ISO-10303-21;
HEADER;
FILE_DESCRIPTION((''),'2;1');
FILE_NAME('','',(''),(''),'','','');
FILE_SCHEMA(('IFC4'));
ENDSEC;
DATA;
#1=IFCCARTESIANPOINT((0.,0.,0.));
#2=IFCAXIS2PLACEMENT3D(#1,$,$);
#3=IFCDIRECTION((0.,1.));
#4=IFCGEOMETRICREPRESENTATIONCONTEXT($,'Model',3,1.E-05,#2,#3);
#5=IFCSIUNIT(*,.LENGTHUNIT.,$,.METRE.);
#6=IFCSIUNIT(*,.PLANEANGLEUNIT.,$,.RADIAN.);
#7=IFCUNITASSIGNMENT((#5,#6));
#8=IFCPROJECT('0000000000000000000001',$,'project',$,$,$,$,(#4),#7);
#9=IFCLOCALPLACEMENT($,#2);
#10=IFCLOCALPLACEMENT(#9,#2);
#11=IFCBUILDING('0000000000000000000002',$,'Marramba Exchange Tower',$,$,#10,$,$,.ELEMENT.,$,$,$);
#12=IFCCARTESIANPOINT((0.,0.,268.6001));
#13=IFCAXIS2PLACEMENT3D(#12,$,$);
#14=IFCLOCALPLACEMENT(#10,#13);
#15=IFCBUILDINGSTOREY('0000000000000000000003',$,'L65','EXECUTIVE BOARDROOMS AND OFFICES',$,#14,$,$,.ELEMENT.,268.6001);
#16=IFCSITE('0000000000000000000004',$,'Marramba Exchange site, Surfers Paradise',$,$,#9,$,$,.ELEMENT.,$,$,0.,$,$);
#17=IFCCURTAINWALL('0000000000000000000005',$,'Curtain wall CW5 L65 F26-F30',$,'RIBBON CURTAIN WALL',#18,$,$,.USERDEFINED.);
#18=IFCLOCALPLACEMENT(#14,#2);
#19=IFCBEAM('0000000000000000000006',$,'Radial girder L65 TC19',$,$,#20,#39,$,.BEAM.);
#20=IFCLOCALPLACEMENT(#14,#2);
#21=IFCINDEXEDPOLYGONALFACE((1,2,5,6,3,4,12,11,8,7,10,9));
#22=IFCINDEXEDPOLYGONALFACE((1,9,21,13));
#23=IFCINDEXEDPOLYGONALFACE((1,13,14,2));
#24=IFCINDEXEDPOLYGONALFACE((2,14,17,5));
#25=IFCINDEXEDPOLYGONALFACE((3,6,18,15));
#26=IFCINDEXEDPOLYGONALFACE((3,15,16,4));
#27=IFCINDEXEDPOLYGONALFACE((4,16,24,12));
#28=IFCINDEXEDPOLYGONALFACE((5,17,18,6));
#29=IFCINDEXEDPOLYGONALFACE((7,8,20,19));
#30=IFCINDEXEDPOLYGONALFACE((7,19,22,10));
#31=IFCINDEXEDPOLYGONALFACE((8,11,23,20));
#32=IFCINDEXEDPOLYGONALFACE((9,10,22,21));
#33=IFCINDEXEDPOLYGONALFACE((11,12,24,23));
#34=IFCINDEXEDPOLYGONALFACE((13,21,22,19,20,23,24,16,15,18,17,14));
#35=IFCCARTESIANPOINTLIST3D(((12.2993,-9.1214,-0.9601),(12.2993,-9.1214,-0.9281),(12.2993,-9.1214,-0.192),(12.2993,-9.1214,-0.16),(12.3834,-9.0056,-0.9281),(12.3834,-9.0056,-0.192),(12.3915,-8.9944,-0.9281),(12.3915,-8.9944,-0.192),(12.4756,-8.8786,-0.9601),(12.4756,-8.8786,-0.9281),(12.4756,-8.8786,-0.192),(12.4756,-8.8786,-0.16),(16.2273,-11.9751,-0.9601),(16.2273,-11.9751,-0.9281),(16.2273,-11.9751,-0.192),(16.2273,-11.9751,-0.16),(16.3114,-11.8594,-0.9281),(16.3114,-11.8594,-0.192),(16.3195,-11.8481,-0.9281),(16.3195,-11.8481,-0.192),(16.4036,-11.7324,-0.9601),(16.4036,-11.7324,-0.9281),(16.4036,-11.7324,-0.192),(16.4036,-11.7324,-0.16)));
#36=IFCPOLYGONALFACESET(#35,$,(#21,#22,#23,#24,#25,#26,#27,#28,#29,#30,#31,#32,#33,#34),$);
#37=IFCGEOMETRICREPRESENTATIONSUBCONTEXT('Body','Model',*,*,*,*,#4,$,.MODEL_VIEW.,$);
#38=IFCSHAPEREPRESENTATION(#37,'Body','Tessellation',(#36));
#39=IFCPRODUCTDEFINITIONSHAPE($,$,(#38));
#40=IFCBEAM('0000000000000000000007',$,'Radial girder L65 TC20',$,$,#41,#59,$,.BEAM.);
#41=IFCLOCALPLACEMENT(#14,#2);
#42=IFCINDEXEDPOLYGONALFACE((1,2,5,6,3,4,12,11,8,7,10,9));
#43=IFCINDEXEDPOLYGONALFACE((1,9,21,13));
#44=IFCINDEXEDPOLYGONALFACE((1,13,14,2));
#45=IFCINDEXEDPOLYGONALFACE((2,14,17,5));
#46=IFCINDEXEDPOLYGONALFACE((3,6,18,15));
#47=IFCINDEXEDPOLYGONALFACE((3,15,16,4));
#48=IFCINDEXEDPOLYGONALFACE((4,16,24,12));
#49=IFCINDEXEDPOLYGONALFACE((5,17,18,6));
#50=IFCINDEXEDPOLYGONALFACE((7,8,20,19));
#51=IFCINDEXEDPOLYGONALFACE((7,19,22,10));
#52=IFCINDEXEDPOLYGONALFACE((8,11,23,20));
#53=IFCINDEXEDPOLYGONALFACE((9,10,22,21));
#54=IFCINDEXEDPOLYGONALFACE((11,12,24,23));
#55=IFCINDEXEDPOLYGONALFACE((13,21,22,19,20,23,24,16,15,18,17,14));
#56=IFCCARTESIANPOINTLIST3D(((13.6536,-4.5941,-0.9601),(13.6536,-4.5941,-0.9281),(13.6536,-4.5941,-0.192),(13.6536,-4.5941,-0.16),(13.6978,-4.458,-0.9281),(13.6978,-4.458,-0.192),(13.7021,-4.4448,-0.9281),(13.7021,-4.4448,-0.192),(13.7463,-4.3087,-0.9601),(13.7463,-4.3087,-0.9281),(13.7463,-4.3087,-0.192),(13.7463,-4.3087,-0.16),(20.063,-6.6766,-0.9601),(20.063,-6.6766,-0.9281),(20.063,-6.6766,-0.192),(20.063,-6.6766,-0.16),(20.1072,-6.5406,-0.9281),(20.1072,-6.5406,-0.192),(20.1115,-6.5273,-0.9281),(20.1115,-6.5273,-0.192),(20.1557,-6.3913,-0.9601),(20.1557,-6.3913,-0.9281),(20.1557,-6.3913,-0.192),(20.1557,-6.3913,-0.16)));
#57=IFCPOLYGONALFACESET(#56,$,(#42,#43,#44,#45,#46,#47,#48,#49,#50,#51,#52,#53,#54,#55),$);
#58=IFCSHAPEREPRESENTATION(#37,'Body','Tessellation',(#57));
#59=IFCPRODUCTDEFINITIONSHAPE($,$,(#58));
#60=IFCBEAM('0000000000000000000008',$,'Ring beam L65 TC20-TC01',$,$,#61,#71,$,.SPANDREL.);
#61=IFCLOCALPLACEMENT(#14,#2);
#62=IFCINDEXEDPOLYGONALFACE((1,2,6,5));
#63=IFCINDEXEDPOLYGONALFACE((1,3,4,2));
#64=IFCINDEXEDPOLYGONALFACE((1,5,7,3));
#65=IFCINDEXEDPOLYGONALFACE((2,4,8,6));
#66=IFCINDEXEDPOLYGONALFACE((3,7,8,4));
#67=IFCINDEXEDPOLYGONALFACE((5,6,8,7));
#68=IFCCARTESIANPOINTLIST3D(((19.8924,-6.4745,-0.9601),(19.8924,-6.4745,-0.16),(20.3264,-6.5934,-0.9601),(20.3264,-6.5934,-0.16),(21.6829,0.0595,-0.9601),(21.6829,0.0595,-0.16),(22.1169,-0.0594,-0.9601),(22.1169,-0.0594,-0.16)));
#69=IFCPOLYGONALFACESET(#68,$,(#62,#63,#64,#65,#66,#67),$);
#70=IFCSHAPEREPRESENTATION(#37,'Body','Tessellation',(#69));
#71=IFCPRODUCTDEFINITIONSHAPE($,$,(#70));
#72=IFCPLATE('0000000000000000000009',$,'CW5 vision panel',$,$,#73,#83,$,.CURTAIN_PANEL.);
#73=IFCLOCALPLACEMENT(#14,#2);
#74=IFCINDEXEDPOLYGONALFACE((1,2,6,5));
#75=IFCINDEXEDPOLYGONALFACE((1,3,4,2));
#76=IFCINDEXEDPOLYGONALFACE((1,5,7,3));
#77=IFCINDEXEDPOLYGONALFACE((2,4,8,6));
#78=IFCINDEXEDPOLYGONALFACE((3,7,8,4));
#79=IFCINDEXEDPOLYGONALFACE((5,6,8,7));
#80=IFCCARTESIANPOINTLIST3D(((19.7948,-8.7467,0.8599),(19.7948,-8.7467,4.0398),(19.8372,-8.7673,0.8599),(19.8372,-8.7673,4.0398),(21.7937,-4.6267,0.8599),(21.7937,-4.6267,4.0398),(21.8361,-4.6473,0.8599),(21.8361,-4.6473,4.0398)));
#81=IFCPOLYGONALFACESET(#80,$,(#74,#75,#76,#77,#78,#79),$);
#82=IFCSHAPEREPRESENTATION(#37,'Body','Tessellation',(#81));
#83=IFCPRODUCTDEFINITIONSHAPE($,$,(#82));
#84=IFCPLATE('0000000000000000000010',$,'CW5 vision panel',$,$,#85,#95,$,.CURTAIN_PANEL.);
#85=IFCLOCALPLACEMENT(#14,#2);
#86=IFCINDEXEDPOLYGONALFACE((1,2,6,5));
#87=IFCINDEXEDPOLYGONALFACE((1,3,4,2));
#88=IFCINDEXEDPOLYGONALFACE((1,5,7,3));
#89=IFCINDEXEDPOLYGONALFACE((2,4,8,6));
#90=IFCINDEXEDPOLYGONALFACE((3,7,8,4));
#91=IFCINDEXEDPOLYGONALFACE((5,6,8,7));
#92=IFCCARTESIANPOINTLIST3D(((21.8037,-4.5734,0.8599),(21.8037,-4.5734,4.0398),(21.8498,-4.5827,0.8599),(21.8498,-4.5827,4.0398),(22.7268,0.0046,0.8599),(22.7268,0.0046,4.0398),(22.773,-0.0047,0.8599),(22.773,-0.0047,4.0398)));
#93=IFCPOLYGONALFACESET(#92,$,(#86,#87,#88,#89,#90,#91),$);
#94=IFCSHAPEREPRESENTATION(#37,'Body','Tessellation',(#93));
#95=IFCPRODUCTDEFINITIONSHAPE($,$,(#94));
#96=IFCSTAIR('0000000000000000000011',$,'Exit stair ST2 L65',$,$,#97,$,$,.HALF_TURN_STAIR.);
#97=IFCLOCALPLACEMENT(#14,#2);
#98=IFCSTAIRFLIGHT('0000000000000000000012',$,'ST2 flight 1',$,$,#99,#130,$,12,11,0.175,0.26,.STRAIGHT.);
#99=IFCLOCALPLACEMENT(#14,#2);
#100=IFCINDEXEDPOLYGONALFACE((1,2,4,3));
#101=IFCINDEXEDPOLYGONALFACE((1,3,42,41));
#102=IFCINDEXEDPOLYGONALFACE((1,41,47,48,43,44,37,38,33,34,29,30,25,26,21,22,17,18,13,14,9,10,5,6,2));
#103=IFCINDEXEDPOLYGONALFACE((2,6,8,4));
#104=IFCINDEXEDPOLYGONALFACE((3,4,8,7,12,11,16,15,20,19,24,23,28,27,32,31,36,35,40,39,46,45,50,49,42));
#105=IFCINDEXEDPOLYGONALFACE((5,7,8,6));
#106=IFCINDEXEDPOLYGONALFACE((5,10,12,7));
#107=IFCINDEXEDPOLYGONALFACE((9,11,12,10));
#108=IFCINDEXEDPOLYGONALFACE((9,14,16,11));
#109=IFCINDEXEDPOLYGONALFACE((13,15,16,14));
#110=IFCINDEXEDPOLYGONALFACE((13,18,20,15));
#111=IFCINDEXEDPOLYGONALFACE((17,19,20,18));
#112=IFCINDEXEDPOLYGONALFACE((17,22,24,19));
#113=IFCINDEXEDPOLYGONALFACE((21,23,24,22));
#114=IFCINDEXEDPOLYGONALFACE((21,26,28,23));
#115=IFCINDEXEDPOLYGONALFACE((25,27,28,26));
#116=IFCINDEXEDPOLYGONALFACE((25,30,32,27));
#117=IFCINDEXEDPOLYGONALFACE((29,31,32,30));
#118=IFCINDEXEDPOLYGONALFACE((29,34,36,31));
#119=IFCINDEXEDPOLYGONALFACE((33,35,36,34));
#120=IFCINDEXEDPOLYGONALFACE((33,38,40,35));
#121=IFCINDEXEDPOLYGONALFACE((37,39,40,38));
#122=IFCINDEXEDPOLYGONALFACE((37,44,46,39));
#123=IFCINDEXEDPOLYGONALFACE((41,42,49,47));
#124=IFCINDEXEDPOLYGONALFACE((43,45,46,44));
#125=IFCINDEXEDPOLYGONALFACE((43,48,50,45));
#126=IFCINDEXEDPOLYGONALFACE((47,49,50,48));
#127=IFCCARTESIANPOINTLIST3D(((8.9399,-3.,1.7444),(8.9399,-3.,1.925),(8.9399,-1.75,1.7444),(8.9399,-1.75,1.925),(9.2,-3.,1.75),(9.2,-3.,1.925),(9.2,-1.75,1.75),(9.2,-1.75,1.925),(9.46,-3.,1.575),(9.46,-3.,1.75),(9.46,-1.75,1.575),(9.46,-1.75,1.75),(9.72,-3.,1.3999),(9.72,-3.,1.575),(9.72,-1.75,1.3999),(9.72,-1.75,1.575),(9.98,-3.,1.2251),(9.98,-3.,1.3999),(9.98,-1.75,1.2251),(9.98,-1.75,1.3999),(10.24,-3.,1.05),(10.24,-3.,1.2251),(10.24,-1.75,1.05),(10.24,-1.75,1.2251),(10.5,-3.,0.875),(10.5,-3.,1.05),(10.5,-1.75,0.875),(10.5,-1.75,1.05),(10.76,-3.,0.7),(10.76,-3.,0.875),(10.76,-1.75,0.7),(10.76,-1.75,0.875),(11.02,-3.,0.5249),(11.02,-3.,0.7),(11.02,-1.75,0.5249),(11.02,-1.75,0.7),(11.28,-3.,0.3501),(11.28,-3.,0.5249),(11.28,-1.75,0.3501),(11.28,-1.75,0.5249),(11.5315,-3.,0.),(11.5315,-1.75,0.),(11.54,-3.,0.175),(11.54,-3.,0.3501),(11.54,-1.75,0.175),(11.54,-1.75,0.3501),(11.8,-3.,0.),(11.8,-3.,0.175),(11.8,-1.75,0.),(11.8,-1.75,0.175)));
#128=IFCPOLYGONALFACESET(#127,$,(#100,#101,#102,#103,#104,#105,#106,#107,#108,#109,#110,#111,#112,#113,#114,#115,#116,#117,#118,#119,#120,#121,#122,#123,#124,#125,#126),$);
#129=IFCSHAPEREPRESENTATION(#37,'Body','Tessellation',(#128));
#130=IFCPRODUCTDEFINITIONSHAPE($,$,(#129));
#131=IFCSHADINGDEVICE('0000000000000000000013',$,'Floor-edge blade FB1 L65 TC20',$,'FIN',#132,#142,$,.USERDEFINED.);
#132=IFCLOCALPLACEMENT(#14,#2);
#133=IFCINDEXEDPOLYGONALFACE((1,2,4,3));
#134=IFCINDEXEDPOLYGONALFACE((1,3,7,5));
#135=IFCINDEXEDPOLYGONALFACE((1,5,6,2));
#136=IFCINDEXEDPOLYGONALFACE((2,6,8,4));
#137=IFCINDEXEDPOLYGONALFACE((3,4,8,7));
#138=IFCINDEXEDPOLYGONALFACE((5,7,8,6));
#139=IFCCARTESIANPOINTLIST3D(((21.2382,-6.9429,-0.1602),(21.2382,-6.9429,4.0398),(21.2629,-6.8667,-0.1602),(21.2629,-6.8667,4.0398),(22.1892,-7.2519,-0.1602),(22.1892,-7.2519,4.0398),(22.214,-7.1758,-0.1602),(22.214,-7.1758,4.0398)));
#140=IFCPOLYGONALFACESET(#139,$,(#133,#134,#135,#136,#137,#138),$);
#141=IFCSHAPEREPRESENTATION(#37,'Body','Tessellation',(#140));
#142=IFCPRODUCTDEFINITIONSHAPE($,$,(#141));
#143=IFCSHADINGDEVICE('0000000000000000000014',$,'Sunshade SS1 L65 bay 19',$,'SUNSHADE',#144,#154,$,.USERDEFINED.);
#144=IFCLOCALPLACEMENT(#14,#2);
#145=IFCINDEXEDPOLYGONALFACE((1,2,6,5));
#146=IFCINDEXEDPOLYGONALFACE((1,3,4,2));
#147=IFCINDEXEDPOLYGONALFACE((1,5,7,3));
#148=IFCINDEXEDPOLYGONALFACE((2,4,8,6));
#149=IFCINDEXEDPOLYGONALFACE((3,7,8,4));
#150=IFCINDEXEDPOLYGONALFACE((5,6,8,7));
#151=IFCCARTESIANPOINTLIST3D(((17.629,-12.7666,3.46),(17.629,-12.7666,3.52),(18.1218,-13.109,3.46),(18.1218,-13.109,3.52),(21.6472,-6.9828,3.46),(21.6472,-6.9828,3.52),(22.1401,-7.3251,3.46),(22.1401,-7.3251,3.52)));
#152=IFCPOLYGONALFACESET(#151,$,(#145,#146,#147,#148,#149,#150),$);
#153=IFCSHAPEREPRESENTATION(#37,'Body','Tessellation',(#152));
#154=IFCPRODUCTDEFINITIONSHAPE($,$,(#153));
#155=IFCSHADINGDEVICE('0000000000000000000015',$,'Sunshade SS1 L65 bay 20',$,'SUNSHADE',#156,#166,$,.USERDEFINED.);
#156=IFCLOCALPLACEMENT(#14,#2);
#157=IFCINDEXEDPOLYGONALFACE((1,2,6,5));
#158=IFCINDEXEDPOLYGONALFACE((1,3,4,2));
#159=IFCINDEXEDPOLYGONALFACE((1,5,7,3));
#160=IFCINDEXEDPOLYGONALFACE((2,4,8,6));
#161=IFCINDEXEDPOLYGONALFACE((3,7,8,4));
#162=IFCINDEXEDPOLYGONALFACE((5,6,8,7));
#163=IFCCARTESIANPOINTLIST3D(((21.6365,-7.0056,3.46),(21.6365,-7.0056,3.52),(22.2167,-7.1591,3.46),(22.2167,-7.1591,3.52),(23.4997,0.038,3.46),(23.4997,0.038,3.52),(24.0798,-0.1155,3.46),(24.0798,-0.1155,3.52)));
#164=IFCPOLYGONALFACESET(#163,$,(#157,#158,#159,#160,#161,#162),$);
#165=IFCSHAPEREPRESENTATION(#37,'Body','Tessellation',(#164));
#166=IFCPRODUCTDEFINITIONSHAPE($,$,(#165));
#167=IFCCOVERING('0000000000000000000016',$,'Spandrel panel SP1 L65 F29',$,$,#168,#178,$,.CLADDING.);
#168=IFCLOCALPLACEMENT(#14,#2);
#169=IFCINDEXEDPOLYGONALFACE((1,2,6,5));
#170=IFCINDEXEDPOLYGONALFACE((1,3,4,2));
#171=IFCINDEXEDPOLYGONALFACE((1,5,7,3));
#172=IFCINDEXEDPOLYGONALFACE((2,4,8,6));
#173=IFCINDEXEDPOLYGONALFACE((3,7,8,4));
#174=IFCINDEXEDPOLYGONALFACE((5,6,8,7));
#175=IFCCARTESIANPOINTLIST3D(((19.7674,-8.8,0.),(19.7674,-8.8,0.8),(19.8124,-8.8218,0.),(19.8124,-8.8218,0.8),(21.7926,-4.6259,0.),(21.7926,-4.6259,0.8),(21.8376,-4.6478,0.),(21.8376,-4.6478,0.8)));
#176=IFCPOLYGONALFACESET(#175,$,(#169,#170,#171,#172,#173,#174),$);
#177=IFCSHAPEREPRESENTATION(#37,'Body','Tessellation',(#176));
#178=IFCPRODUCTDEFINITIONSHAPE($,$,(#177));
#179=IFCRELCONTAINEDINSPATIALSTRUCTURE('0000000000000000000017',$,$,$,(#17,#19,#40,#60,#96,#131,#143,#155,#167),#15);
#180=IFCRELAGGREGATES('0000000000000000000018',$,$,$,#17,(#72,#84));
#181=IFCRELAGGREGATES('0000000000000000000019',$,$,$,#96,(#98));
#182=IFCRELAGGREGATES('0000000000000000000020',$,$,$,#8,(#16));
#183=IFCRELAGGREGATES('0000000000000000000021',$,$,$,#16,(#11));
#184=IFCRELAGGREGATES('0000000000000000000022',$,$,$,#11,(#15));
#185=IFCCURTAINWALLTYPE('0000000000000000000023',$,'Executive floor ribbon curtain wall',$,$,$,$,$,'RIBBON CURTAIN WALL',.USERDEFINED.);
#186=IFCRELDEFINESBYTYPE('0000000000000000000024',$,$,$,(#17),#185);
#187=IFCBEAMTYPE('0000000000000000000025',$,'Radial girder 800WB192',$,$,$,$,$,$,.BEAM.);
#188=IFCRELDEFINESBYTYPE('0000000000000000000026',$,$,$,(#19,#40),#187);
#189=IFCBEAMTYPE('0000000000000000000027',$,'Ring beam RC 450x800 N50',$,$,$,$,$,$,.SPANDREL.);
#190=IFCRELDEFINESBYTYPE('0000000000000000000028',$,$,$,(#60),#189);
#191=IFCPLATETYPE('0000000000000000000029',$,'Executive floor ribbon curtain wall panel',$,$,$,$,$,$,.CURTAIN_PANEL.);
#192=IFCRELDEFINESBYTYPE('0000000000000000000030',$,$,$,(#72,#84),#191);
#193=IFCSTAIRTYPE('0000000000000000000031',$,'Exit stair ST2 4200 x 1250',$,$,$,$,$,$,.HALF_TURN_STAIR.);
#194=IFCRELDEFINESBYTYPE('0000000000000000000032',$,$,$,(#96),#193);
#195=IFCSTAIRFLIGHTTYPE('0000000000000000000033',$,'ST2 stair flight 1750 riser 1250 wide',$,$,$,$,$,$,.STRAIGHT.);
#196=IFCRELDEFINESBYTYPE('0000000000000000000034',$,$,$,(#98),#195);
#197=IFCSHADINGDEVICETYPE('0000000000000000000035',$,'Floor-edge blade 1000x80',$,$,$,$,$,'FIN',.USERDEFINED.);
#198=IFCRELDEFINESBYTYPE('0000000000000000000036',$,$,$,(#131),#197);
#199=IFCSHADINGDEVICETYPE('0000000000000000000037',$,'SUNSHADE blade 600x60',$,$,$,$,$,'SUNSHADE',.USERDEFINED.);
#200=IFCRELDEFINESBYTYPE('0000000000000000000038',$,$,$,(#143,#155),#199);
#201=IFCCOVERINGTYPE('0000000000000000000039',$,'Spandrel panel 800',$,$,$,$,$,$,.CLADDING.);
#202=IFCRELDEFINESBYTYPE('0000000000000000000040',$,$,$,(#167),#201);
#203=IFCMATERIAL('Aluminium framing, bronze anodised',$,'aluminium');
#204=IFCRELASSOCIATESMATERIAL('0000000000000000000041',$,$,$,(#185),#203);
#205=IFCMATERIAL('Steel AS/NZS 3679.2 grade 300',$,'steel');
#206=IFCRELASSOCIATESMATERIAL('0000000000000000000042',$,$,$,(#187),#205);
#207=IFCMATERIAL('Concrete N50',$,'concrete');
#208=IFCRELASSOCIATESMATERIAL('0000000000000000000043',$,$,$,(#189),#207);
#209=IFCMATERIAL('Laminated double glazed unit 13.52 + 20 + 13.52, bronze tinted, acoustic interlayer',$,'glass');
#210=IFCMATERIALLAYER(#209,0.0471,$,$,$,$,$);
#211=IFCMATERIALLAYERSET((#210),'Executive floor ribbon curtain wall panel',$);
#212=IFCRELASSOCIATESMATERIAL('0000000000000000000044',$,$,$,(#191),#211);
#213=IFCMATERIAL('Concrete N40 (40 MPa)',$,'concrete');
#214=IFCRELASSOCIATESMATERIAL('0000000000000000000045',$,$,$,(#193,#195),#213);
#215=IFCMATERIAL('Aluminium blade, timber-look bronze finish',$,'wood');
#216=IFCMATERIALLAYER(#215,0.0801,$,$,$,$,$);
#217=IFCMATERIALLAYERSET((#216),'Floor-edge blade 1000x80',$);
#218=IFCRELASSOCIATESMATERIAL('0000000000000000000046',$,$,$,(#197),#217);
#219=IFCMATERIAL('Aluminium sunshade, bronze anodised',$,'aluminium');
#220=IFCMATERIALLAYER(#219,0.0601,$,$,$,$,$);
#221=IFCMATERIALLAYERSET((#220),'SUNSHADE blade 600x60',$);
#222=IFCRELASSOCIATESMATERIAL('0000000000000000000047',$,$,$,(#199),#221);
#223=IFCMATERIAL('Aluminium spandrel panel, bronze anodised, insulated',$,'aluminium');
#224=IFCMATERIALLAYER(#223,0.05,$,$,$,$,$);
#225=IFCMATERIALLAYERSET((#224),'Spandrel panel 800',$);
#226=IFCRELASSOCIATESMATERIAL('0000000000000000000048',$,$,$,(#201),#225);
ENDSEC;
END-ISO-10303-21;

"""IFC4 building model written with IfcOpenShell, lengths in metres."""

from ifc_helpers import new_model, si_unit, direction, frame, origin, origin_2d, place, context, subcontext, project, spatial, polyline, rectangle, i_section, outline, extrude, material, layer, layer_set, material_profile, profile_set, type_object, element, aggregate, save


model = new_model("IFC4")

# Units and contexts
model_context = context("Model", 3, precision=1e-05, world=origin(), true_north=direction((0.0, 1.0)))
body_context = subcontext(model_context, "Body", "Model", "MODEL_VIEW")
ifc_project = project(units=[si_unit("LENGTHUNIT", "METRE"), si_unit("PLANEANGLEUNIT", "RADIAN")], contexts=[model_context])

# Site, building, storey
site_placement = place(None, origin())
site = spatial("IfcSite", under=ifc_project, at=site_placement, Name="Marramba Exchange site, Surfers Paradise", CompositionType="ELEMENT", RefElevation=0.0)
building_placement = place(site_placement, origin())
building = spatial("IfcBuilding", under=site, at=building_placement, Name="Marramba Exchange Tower", CompositionType="ELEMENT")
storey_placement = place(building_placement, frame((0.0, 0.0, 268.6001)))
storey = spatial("IfcBuildingStorey", under=building, at=storey_placement, Name="L65", Description="EXECUTIVE BOARDROOMS AND OFFICES", CompositionType="ELEMENT", Elevation=268.6001)

# Shared definitions
ifc_material_1 = material(Name="Concrete N50", Category="concrete")

# Curtain wall
ifc_material_2 = material(Name="Aluminium framing, bronze anodised", Category="aluminium")
curtain_wall_type = type_object("IfcCurtainWallType", Name="Executive floor ribbon curtain wall", ElementType="RIBBON CURTAIN WALL", PredefinedType="USERDEFINED", material=ifc_material_2)
curtain_wall_placement = place(storey_placement, origin())
curtain_wall = element("IfcCurtainWall", 1, at=curtain_wall_placement, inside=storey, type_object=curtain_wall_type, Name="Curtain wall CW5 L65 F26-F30", ObjectType="RIBBON CURTAIN WALL", PredefinedType="USERDEFINED")

# Beams
ifc_material_3 = material(Name="Steel AS/NZS 3679.2 grade 300", Category="steel")
ifc_material_profile_1 = material_profile(ifc_material_3, i_section(OverallWidth=0.3, OverallDepth=0.8, WebThickness=0.0139, FlangeThickness=0.032, at=origin_2d()), Name="800WB192")
ifc_profile_set_1 = profile_set([ifc_material_profile_1], Name="Steel AS/NZS 3679.2 grade 300")
beam_type_1 = type_object("IfcBeamType", Name="Radial girder 800WB192", PredefinedType="BEAM", material=ifc_profile_set_1)
beam_1_placement = place(storey_placement, frame((12.3875, -9.0, -0.5601), z_axis=(0.809025, -0.587774, 0.0), x_axis=(0.587774, 0.809025, 0.0)))
element("IfcBeam", 2, at=beam_1_placement, inside=storey, type_object=beam_type_1, Name="Radial girder L65 TC19", PredefinedType="BEAM", context=body_context, shape_type="SweptSolid", body=[
    extrude(i_section(OverallWidth=0.3, OverallDepth=0.8, WebThickness=0.0139, FlangeThickness=0.032, at=origin_2d()), origin(), (0.0, 0.0, 1.0), 4.8552),
])
beam_2_placement = place(storey_placement, frame((13.7, -4.4514, -0.5601), z_axis=(0.951058, -0.309013, 0.0), x_axis=(0.309013, 0.951058, 0.0)))
element("IfcBeam", 3, at=beam_2_placement, inside=storey, type_object=beam_type_1, Name="Radial girder L65 TC20", PredefinedType="BEAM", context=body_context, shape_type="SweptSolid", body=[
    extrude(i_section(OverallWidth=0.3, OverallDepth=0.8, WebThickness=0.0139, FlangeThickness=0.032, at=origin_2d()), origin(), (0.0, 0.0, 1.0), 6.7393),
])
ifc_material_profile_2 = material_profile(ifc_material_1, rectangle(XDim=0.45, YDim=0.8, at=origin_2d()), Name="RC 450x800")
ifc_profile_set_2 = profile_set([ifc_material_profile_2], Name="Concrete N50")
beam_type_2 = type_object("IfcBeamType", Name="Ring beam RC 450x800 N50", PredefinedType="SPANDREL", material=ifc_profile_set_2)
beam_3_placement = place(storey_placement, frame((20.1094, -6.5339, -0.5601), z_axis=(0.264291, 0.964443, 0.0), x_axis=(-0.964443, 0.264291, 0.0)))
element("IfcBeam", 4, at=beam_3_placement, inside=storey, type_object=beam_type_2, Name="Ring beam L65 TC20-TC01", PredefinedType="SPANDREL", context=body_context, shape_type="SweptSolid", body=[
    extrude(rectangle(XDim=0.45, YDim=0.8, at=origin_2d()), origin(), (0.0, 0.0, 1.0), 6.7749),
])

# Plates
ifc_material_4 = material(Name="Laminated double glazed unit 13.52 + 20 + 13.52, bronze tinted, acoustic interlayer", Category="glass")
ifc_layer_1 = layer(ifc_material_4, 0.0471)
ifc_layer_set_1 = layer_set([ifc_layer_1], Name="Executive floor ribbon curtain wall panel")
plate_type = type_object("IfcPlateType", Name="Executive floor ribbon curtain wall panel", PredefinedType="CURTAIN_PANEL", material=ifc_layer_set_1)
plate_1_placement = place(storey_placement, frame((20.8154, -6.697, 0.8599), z_axis=(0.0, 0.0, 1.0), x_axis=(0.436515, 0.899697, 0.0)))
plate_1 = element("IfcPlate", 5, at=plate_1_placement, type_object=plate_type, Name="CW5 vision panel", PredefinedType="CURTAIN_PANEL", context=body_context, shape_type="SweptSolid", body=[
    extrude(rectangle(XDim=4.5793, YDim=0.0471, at=origin_2d()), origin(), (0.0, 0.0, 1.0), 3.1799),
])
plate_2_placement = place(storey_placement, frame((22.2883, -2.2891, 0.8599), z_axis=(0.0, 0.0, 1.0), x_axis=(0.197671, 0.980269, 0.0)))
plate_2 = element("IfcPlate", 6, at=plate_2_placement, type_object=plate_type, Name="CW5 vision panel", PredefinedType="CURTAIN_PANEL", context=body_context, shape_type="SweptSolid", body=[
    extrude(rectangle(XDim=4.6702, YDim=0.0471, at=origin_2d()), origin(), (0.0, 0.0, 1.0), 3.1799),
])
aggregate(curtain_wall, [plate_1, plate_2])

# Stair, stair flight
ifc_material_5 = material(Name="Concrete N40 (40 MPa)", Category="concrete")
stair_type = type_object("IfcStairType", Name="Exit stair ST2 4200 x 1250", PredefinedType="HALF_TURN_STAIR", material=ifc_material_5)
stair_placement = place(storey_placement, origin())
stair = element("IfcStair", 7, at=stair_placement, inside=storey, type_object=stair_type, Name="Exit stair ST2 L65", PredefinedType="HALF_TURN_STAIR")
stair_flight_type = type_object("IfcStairFlightType", Name="ST2 stair flight 1750 riser 1250 wide", PredefinedType="STRAIGHT", material=ifc_material_5)
stair_flight_placement = place(storey_placement, frame((11.8, -2.375, 0.0), z_axis=(0.0, 0.0, 1.0), x_axis=(-1.0, 0.0, 0.0)))
stair_flight = element("IfcStairFlight", 8, at=stair_flight_placement, type_object=stair_flight_type, Name="ST2 flight 1", NumberOfRisers=12, NumberOfTreads=11, PredefinedType="STRAIGHT", RiserHeight=0.175, TreadLength=0.26, context=body_context, shape_type="SweptSolid", body=[
    extrude(outline(polyline([(0.0, 0.0), (0.0, 0.175), (0.26, 0.175), (0.26, 0.3501), (0.52, 0.3501), (0.52, 0.5249), (0.78, 0.5249), (0.78, 0.7), (1.04, 0.7), (1.04, 0.875), (1.3, 0.875), (1.3, 1.05), (1.5601, 1.05), (1.5601, 1.2251), (1.8201, 1.2251), (1.8201, 1.3999), (2.0801, 1.3999), (2.0801, 1.575), (2.3401, 1.575), (2.3401, 1.75), (2.6001, 1.75), (2.6001, 1.925), (2.8601, 1.925), (2.8601, 2.1001), (2.8601, 1.7444), (0.2686, 0.0), (0.0, 0.0)])), frame((0.0, 0.625, 0.0), z_axis=(0.0, -1.0, 0.0), x_axis=(1.0, 0.0, 0.0)), (0.0, 0.0, 1.0), 1.25),
])
aggregate(stair, [stair_flight])

# Shading devices
ifc_material_6 = material(Name="Aluminium blade, timber-look bronze finish", Category="wood")
ifc_layer_2 = layer(ifc_material_6, 0.0801)
ifc_layer_set_2 = layer_set([ifc_layer_2], Name="Floor-edge blade 1000x80")
shading_device_type_1 = type_object("IfcShadingDeviceType", Name="Floor-edge blade 1000x80", ElementType="FIN", PredefinedType="USERDEFINED", material=ifc_layer_set_2)
shading_device_1_placement = place(storey_placement, frame((21.7261, -7.0593, -0.1602), z_axis=(0.0, 0.0, 1.0), x_axis=(0.951057, -0.309017, 0.0)))
element("IfcShadingDevice", 9, at=shading_device_1_placement, inside=storey, type_object=shading_device_type_1, Name="Floor-edge blade FB1 L65 TC20", ObjectType="FIN", PredefinedType="USERDEFINED", context=body_context, shape_type="SweptSolid", body=[
    extrude(rectangle(XDim=1.0, YDim=0.0801, at=origin_2d()), origin(), (0.0, 0.0, 1.0), 4.2),
])
ifc_material_7 = material(Name="Aluminium sunshade, bronze anodised", Category="aluminium")
ifc_layer_3 = layer(ifc_material_7, 0.0601)
ifc_layer_set_3 = layer_set([ifc_layer_3], Name="SUNSHADE blade 600x60")
shading_device_type_2 = type_object("IfcShadingDeviceType", Name="SUNSHADE blade 600x60", ElementType="SUNSHADE", PredefinedType="USERDEFINED", material=ifc_layer_set_3)
shading_device_2_placement = place(storey_placement, frame((19.8845, -10.0459, 3.46), z_axis=(0.0, 0.0, 1.0), x_axis=(0.570558, 0.821257, 0.0)))
element("IfcShadingDevice", 10, at=shading_device_2_placement, inside=storey, type_object=shading_device_type_2, Name="Sunshade SS1 L65 bay 19", ObjectType="SUNSHADE", PredefinedType="USERDEFINED", context=body_context, shape_type="SweptSolid", body=[
    extrude(rectangle(XDim=7.0427, YDim=0.6001, at=origin_2d()), origin(), (0.0, 0.0, 1.0), 0.0601),
])
shading_device_3_placement = place(storey_placement, frame((22.8582, -3.5605, 3.46), z_axis=(0.0, 0.0, 1.0), x_axis=(0.255719, 0.966751, 0.0)))
element("IfcShadingDevice", 11, at=shading_device_3_placement, inside=storey, type_object=shading_device_type_2, Name="Sunshade SS1 L65 bay 20", ObjectType="SUNSHADE", PredefinedType="USERDEFINED", context=body_context, shape_type="SweptSolid", body=[
    extrude(rectangle(XDim=7.2859, YDim=0.6001, at=origin_2d()), origin(), (0.0, 0.0, 1.0), 0.0601),
])

# Covering
ifc_material_8 = material(Name="Aluminium spandrel panel, bronze anodised, insulated", Category="aluminium")
ifc_layer_4 = layer(ifc_material_8, 0.05)
ifc_layer_set_4 = layer_set([ifc_layer_4], Name="Spandrel panel 800")
covering_type = type_object("IfcCoveringType", Name="Spandrel panel 800", PredefinedType="CLADDING", material=ifc_layer_set_4)
covering_1_placement = place(storey_placement, frame((20.8025, -6.7239, 0.0), z_axis=(0.0, 0.0, 1.0), x_axis=(0.436515, 0.899697, 0.0)))
element("IfcCovering", 12, at=covering_1_placement, inside=storey, type_object=covering_type, Name="Spandrel panel SP1 L65 F29", PredefinedType="CLADDING", context=body_context, shape_type="SweptSolid", body=[
    extrude(rectangle(XDim=4.6394, YDim=0.05, at=origin_2d()), origin(), (0.0, 0.0, 1.0), 0.8),
])

save(model, "model.ifc")
